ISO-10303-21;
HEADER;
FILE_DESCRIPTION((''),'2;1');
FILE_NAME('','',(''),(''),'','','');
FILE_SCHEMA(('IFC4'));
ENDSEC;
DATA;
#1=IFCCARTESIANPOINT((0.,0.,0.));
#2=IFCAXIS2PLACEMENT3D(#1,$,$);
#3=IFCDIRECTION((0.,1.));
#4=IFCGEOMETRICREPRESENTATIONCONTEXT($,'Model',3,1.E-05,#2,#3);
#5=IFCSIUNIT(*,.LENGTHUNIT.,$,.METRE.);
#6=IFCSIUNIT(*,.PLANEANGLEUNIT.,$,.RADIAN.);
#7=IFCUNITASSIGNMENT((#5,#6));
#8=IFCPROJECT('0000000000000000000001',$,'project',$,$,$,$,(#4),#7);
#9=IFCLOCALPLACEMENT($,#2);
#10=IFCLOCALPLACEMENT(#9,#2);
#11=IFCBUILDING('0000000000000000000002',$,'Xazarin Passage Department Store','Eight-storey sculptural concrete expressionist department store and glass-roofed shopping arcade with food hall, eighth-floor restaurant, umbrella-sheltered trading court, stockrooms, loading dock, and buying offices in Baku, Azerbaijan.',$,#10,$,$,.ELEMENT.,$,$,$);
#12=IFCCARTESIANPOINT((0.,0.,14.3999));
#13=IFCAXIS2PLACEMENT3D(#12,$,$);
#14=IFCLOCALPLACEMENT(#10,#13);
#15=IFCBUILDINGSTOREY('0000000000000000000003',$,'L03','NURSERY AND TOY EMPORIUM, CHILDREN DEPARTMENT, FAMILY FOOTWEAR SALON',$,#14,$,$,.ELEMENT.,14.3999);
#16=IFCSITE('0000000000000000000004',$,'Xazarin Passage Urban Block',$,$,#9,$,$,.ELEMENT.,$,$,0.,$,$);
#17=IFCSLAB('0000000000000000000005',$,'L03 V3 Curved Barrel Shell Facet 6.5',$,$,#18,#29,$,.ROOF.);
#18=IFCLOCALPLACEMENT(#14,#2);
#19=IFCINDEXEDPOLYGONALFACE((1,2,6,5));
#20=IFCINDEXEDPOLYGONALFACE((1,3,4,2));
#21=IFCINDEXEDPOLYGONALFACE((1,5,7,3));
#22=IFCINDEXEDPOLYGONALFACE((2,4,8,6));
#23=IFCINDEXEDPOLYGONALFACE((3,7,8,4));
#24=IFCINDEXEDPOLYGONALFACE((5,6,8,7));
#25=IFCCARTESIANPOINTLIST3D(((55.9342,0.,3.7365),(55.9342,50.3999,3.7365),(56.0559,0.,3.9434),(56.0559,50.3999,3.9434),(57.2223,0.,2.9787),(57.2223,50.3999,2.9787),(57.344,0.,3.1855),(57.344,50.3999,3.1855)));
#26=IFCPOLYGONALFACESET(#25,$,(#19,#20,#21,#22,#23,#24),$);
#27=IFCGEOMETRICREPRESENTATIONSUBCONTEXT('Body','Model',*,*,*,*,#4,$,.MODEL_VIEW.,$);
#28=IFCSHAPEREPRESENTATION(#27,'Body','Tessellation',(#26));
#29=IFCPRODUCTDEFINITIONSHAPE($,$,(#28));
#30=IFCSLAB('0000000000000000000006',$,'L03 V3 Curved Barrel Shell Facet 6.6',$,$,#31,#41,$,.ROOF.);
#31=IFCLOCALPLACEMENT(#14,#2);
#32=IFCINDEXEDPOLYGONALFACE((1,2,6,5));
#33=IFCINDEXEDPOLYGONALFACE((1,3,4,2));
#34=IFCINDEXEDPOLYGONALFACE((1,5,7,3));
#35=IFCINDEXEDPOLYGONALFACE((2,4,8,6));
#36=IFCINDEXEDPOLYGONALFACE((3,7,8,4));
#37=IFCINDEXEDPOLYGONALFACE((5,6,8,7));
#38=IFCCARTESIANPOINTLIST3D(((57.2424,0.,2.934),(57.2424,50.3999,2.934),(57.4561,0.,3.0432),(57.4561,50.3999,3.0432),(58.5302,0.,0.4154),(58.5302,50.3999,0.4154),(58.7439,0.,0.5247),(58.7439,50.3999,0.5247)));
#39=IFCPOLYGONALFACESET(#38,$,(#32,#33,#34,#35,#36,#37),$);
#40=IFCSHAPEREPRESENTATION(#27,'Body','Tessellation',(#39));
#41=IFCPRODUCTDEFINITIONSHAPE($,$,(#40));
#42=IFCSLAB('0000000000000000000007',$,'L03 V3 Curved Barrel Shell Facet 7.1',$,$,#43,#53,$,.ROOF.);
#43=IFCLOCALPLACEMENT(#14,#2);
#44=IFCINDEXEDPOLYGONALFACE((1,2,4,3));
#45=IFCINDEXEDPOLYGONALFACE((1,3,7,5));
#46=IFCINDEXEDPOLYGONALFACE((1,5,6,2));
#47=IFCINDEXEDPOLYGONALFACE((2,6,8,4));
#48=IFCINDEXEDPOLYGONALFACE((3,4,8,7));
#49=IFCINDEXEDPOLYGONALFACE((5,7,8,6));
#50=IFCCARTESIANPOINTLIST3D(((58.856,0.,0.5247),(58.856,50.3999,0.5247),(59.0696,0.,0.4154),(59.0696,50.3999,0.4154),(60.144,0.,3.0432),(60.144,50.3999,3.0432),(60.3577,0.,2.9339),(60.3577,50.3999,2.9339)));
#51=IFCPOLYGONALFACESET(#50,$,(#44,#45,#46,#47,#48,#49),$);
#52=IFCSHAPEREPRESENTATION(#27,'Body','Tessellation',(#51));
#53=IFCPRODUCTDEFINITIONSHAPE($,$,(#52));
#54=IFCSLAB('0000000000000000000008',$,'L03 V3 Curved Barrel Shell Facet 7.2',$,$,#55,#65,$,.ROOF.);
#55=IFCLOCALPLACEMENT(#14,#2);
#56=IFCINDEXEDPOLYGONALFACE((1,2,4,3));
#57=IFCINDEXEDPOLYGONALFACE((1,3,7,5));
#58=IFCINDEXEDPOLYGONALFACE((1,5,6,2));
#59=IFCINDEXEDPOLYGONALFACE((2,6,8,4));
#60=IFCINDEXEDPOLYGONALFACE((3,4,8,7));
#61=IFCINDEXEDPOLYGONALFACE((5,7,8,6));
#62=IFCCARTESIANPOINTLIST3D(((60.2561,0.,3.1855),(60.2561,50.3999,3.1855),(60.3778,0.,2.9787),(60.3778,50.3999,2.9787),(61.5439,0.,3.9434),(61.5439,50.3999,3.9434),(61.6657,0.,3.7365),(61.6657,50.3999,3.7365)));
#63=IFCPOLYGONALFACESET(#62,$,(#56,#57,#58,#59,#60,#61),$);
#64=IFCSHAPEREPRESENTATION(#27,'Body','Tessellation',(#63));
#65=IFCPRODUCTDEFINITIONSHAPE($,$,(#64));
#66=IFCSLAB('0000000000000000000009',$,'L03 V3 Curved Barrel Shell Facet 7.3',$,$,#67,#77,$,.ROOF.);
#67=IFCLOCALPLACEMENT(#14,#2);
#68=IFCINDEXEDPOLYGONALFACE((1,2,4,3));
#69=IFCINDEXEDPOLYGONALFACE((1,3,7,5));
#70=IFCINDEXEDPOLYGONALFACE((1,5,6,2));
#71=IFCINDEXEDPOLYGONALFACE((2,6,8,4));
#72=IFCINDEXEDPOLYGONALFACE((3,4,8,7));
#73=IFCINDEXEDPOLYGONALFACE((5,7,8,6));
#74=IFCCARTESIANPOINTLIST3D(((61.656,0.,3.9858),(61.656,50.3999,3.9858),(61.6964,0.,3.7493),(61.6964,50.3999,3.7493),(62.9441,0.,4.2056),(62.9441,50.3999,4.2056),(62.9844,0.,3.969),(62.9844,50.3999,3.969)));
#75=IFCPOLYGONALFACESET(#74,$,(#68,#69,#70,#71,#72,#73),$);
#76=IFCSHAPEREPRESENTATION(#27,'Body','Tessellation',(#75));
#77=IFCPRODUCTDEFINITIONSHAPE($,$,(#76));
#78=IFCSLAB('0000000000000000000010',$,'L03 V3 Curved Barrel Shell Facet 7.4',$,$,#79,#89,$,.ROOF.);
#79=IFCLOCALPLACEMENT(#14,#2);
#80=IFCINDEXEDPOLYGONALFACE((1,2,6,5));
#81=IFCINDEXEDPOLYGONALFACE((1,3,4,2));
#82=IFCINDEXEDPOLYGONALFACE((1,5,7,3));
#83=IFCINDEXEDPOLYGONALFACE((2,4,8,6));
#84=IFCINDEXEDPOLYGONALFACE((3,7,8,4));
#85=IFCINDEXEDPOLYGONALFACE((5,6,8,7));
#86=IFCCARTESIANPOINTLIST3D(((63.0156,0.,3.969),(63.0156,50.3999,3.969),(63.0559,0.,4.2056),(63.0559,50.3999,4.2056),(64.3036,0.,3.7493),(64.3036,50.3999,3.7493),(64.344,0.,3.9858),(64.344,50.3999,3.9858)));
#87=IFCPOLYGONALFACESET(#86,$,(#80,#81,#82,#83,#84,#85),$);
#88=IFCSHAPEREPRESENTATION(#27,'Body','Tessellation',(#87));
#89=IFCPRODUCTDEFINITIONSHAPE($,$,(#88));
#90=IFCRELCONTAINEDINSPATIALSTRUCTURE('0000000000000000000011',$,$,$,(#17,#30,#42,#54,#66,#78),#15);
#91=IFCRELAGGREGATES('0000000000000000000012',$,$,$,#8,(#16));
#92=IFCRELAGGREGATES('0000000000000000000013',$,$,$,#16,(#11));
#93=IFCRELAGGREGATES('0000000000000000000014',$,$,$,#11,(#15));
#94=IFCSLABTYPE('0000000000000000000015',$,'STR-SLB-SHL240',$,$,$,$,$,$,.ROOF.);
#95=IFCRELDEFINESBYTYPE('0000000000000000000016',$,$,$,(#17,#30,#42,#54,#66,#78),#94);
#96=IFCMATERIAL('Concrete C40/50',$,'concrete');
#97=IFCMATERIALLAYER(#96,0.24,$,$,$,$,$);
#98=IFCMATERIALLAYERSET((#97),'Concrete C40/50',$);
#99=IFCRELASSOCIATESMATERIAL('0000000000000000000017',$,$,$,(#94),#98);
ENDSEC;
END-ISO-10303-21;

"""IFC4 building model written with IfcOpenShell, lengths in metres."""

from ifc_helpers import new_model, si_unit, direction, frame, origin, place, context, subcontext, project, spatial, polyline, outline, extrude, material, layer, layer_set, type_object, element, save


model = new_model("IFC4")

# Units and contexts
model_context = context("Model", 3, precision=1e-05, world=origin(), true_north=direction((0.0, 1.0)))
body_context = subcontext(model_context, "Body", "Model", "MODEL_VIEW")
ifc_project = project(units=[si_unit("LENGTHUNIT", "METRE"), si_unit("PLANEANGLEUNIT", "RADIAN")], contexts=[model_context])

# Site, building, storey
site_placement = place(None, origin())
site = spatial("IfcSite", under=ifc_project, at=site_placement, Name="Xazarin Passage Urban Block", CompositionType="ELEMENT", RefElevation=0.0)
building_placement = place(site_placement, origin())
building = spatial("IfcBuilding", under=site, at=building_placement, Name="Xazarin Passage Department Store", Description="Eight-storey sculptural concrete expressionist department store and glass-roofed shopping arcade with food hall, eighth-floor restaurant, umbrella-sheltered trading court, stockrooms, loading dock, and buying offices in Baku, Azerbaijan.", CompositionType="ELEMENT")
storey_placement = place(building_placement, frame((0.0, 0.0, 14.3999)))
storey = spatial("IfcBuildingStorey", under=building, at=storey_placement, Name="L03", Description="NURSERY AND TOY EMPORIUM, CHILDREN DEPARTMENT, FAMILY FOOTWEAR SALON", CompositionType="ELEMENT", Elevation=14.3999)

# Slabs
ifc_material_1 = material(Name="Concrete C40/50", Category="concrete")
ifc_layer = layer(ifc_material_1, 0.24)
ifc_layer_set = layer_set([ifc_layer], Name="Concrete C40/50")
slab_type = type_object("IfcSlabType", Name="STR-SLB-SHL240", PredefinedType="ROOF", material=ifc_layer_set)
slab_1_placement = place(storey_placement, frame((56.0559, 0.0, 3.9434), z_axis=(0.507077, 0.0, 0.861901), x_axis=(0.861901, 0.0, -0.507077)))
element("IfcSlab", 1, at=slab_1_placement, inside=storey, type_object=slab_type, Name="L03 V3 Curved Barrel Shell Facet 6.5", PredefinedType="ROOF", context=body_context, shape_type="SweptSolid", body=[
    extrude(outline(polyline([(0.0, 0.0), (1.4945, 0.0), (1.4945, 50.3999), (0.0, 50.3999), (0.0, 0.0)])), origin(), (0.0, 0.0, -1.0), 0.24),
])
slab_2_placement = place(storey_placement, frame((57.4561, 0.0, 3.0432), z_axis=(0.890352, 0.0, 0.455274), x_axis=(0.455274, 0.0, -0.890352)))
element("IfcSlab", 2, at=slab_2_placement, inside=storey, type_object=slab_type, Name="L03 V3 Curved Barrel Shell Facet 6.6", PredefinedType="ROOF", context=body_context, shape_type="SweptSolid", body=[
    extrude(outline(polyline([(0.0, 0.0), (2.8287, 0.0), (2.8287, 50.3999), (0.0, 50.3999), (0.0, 0.0)])), origin(), (0.0, 0.0, -1.0), 0.24),
])
slab_3_placement = place(storey_placement, frame((58.856, 0.0, 0.5247), z_axis=(-0.890317, 0.0, 0.455342), x_axis=(0.455342, 0.0, 0.890317)))
element("IfcSlab", 3, at=slab_3_placement, inside=storey, type_object=slab_type, Name="L03 V3 Curved Barrel Shell Facet 7.1", PredefinedType="ROOF", context=body_context, shape_type="SweptSolid", body=[
    extrude(outline(polyline([(0.0, 0.0), (2.8288, 0.0), (2.8288, 50.3999), (0.0, 50.3999), (0.0, 0.0)])), origin(), (0.0, 0.0, -1.0), 0.24),
])
slab_4_placement = place(storey_placement, frame((60.2561, 0.0, 3.1855), z_axis=(-0.507149, 0.0, 0.861859), x_axis=(0.861859, 0.0, 0.507149)))
element("IfcSlab", 4, at=slab_4_placement, inside=storey, type_object=slab_type, Name="L03 V3 Curved Barrel Shell Facet 7.2", PredefinedType="ROOF", context=body_context, shape_type="SweptSolid", body=[
    extrude(outline(polyline([(0.0, 0.0), (1.4943, 0.0), (1.4943, 50.3999), (0.0, 50.3999), (0.0, 0.0)])), origin(), (0.0, 0.0, -1.0), 0.24),
])
for number, where, z_axis, x_axis, name in (
    (5, (61.656, 0.0, 3.9858), (-0.168155, 0.0, 0.985761), (0.985761, 0.0, 0.168155), "L03 V3 Curved Barrel Shell Facet 7.3"),
    (6, (63.0559, 0.0, 4.2056), (0.168155, 0.0, 0.985761), (0.985761, 0.0, -0.168155), "L03 V3 Curved Barrel Shell Facet 7.4"),
):
    element("IfcSlab", number, at=place(storey_placement, frame(where, z_axis=z_axis, x_axis=x_axis)), inside=storey, type_object=slab_type, Name=name, PredefinedType="ROOF", context=body_context, shape_type="SweptSolid", body=[
        extrude(outline(polyline([(0.0, 0.0), (1.3067, 0.0), (1.3067, 50.3999), (0.0, 50.3999), (0.0, 0.0)])), origin(), (0.0, 0.0, -1.0), 0.24),
    ])

save(model, "model.ifc")
